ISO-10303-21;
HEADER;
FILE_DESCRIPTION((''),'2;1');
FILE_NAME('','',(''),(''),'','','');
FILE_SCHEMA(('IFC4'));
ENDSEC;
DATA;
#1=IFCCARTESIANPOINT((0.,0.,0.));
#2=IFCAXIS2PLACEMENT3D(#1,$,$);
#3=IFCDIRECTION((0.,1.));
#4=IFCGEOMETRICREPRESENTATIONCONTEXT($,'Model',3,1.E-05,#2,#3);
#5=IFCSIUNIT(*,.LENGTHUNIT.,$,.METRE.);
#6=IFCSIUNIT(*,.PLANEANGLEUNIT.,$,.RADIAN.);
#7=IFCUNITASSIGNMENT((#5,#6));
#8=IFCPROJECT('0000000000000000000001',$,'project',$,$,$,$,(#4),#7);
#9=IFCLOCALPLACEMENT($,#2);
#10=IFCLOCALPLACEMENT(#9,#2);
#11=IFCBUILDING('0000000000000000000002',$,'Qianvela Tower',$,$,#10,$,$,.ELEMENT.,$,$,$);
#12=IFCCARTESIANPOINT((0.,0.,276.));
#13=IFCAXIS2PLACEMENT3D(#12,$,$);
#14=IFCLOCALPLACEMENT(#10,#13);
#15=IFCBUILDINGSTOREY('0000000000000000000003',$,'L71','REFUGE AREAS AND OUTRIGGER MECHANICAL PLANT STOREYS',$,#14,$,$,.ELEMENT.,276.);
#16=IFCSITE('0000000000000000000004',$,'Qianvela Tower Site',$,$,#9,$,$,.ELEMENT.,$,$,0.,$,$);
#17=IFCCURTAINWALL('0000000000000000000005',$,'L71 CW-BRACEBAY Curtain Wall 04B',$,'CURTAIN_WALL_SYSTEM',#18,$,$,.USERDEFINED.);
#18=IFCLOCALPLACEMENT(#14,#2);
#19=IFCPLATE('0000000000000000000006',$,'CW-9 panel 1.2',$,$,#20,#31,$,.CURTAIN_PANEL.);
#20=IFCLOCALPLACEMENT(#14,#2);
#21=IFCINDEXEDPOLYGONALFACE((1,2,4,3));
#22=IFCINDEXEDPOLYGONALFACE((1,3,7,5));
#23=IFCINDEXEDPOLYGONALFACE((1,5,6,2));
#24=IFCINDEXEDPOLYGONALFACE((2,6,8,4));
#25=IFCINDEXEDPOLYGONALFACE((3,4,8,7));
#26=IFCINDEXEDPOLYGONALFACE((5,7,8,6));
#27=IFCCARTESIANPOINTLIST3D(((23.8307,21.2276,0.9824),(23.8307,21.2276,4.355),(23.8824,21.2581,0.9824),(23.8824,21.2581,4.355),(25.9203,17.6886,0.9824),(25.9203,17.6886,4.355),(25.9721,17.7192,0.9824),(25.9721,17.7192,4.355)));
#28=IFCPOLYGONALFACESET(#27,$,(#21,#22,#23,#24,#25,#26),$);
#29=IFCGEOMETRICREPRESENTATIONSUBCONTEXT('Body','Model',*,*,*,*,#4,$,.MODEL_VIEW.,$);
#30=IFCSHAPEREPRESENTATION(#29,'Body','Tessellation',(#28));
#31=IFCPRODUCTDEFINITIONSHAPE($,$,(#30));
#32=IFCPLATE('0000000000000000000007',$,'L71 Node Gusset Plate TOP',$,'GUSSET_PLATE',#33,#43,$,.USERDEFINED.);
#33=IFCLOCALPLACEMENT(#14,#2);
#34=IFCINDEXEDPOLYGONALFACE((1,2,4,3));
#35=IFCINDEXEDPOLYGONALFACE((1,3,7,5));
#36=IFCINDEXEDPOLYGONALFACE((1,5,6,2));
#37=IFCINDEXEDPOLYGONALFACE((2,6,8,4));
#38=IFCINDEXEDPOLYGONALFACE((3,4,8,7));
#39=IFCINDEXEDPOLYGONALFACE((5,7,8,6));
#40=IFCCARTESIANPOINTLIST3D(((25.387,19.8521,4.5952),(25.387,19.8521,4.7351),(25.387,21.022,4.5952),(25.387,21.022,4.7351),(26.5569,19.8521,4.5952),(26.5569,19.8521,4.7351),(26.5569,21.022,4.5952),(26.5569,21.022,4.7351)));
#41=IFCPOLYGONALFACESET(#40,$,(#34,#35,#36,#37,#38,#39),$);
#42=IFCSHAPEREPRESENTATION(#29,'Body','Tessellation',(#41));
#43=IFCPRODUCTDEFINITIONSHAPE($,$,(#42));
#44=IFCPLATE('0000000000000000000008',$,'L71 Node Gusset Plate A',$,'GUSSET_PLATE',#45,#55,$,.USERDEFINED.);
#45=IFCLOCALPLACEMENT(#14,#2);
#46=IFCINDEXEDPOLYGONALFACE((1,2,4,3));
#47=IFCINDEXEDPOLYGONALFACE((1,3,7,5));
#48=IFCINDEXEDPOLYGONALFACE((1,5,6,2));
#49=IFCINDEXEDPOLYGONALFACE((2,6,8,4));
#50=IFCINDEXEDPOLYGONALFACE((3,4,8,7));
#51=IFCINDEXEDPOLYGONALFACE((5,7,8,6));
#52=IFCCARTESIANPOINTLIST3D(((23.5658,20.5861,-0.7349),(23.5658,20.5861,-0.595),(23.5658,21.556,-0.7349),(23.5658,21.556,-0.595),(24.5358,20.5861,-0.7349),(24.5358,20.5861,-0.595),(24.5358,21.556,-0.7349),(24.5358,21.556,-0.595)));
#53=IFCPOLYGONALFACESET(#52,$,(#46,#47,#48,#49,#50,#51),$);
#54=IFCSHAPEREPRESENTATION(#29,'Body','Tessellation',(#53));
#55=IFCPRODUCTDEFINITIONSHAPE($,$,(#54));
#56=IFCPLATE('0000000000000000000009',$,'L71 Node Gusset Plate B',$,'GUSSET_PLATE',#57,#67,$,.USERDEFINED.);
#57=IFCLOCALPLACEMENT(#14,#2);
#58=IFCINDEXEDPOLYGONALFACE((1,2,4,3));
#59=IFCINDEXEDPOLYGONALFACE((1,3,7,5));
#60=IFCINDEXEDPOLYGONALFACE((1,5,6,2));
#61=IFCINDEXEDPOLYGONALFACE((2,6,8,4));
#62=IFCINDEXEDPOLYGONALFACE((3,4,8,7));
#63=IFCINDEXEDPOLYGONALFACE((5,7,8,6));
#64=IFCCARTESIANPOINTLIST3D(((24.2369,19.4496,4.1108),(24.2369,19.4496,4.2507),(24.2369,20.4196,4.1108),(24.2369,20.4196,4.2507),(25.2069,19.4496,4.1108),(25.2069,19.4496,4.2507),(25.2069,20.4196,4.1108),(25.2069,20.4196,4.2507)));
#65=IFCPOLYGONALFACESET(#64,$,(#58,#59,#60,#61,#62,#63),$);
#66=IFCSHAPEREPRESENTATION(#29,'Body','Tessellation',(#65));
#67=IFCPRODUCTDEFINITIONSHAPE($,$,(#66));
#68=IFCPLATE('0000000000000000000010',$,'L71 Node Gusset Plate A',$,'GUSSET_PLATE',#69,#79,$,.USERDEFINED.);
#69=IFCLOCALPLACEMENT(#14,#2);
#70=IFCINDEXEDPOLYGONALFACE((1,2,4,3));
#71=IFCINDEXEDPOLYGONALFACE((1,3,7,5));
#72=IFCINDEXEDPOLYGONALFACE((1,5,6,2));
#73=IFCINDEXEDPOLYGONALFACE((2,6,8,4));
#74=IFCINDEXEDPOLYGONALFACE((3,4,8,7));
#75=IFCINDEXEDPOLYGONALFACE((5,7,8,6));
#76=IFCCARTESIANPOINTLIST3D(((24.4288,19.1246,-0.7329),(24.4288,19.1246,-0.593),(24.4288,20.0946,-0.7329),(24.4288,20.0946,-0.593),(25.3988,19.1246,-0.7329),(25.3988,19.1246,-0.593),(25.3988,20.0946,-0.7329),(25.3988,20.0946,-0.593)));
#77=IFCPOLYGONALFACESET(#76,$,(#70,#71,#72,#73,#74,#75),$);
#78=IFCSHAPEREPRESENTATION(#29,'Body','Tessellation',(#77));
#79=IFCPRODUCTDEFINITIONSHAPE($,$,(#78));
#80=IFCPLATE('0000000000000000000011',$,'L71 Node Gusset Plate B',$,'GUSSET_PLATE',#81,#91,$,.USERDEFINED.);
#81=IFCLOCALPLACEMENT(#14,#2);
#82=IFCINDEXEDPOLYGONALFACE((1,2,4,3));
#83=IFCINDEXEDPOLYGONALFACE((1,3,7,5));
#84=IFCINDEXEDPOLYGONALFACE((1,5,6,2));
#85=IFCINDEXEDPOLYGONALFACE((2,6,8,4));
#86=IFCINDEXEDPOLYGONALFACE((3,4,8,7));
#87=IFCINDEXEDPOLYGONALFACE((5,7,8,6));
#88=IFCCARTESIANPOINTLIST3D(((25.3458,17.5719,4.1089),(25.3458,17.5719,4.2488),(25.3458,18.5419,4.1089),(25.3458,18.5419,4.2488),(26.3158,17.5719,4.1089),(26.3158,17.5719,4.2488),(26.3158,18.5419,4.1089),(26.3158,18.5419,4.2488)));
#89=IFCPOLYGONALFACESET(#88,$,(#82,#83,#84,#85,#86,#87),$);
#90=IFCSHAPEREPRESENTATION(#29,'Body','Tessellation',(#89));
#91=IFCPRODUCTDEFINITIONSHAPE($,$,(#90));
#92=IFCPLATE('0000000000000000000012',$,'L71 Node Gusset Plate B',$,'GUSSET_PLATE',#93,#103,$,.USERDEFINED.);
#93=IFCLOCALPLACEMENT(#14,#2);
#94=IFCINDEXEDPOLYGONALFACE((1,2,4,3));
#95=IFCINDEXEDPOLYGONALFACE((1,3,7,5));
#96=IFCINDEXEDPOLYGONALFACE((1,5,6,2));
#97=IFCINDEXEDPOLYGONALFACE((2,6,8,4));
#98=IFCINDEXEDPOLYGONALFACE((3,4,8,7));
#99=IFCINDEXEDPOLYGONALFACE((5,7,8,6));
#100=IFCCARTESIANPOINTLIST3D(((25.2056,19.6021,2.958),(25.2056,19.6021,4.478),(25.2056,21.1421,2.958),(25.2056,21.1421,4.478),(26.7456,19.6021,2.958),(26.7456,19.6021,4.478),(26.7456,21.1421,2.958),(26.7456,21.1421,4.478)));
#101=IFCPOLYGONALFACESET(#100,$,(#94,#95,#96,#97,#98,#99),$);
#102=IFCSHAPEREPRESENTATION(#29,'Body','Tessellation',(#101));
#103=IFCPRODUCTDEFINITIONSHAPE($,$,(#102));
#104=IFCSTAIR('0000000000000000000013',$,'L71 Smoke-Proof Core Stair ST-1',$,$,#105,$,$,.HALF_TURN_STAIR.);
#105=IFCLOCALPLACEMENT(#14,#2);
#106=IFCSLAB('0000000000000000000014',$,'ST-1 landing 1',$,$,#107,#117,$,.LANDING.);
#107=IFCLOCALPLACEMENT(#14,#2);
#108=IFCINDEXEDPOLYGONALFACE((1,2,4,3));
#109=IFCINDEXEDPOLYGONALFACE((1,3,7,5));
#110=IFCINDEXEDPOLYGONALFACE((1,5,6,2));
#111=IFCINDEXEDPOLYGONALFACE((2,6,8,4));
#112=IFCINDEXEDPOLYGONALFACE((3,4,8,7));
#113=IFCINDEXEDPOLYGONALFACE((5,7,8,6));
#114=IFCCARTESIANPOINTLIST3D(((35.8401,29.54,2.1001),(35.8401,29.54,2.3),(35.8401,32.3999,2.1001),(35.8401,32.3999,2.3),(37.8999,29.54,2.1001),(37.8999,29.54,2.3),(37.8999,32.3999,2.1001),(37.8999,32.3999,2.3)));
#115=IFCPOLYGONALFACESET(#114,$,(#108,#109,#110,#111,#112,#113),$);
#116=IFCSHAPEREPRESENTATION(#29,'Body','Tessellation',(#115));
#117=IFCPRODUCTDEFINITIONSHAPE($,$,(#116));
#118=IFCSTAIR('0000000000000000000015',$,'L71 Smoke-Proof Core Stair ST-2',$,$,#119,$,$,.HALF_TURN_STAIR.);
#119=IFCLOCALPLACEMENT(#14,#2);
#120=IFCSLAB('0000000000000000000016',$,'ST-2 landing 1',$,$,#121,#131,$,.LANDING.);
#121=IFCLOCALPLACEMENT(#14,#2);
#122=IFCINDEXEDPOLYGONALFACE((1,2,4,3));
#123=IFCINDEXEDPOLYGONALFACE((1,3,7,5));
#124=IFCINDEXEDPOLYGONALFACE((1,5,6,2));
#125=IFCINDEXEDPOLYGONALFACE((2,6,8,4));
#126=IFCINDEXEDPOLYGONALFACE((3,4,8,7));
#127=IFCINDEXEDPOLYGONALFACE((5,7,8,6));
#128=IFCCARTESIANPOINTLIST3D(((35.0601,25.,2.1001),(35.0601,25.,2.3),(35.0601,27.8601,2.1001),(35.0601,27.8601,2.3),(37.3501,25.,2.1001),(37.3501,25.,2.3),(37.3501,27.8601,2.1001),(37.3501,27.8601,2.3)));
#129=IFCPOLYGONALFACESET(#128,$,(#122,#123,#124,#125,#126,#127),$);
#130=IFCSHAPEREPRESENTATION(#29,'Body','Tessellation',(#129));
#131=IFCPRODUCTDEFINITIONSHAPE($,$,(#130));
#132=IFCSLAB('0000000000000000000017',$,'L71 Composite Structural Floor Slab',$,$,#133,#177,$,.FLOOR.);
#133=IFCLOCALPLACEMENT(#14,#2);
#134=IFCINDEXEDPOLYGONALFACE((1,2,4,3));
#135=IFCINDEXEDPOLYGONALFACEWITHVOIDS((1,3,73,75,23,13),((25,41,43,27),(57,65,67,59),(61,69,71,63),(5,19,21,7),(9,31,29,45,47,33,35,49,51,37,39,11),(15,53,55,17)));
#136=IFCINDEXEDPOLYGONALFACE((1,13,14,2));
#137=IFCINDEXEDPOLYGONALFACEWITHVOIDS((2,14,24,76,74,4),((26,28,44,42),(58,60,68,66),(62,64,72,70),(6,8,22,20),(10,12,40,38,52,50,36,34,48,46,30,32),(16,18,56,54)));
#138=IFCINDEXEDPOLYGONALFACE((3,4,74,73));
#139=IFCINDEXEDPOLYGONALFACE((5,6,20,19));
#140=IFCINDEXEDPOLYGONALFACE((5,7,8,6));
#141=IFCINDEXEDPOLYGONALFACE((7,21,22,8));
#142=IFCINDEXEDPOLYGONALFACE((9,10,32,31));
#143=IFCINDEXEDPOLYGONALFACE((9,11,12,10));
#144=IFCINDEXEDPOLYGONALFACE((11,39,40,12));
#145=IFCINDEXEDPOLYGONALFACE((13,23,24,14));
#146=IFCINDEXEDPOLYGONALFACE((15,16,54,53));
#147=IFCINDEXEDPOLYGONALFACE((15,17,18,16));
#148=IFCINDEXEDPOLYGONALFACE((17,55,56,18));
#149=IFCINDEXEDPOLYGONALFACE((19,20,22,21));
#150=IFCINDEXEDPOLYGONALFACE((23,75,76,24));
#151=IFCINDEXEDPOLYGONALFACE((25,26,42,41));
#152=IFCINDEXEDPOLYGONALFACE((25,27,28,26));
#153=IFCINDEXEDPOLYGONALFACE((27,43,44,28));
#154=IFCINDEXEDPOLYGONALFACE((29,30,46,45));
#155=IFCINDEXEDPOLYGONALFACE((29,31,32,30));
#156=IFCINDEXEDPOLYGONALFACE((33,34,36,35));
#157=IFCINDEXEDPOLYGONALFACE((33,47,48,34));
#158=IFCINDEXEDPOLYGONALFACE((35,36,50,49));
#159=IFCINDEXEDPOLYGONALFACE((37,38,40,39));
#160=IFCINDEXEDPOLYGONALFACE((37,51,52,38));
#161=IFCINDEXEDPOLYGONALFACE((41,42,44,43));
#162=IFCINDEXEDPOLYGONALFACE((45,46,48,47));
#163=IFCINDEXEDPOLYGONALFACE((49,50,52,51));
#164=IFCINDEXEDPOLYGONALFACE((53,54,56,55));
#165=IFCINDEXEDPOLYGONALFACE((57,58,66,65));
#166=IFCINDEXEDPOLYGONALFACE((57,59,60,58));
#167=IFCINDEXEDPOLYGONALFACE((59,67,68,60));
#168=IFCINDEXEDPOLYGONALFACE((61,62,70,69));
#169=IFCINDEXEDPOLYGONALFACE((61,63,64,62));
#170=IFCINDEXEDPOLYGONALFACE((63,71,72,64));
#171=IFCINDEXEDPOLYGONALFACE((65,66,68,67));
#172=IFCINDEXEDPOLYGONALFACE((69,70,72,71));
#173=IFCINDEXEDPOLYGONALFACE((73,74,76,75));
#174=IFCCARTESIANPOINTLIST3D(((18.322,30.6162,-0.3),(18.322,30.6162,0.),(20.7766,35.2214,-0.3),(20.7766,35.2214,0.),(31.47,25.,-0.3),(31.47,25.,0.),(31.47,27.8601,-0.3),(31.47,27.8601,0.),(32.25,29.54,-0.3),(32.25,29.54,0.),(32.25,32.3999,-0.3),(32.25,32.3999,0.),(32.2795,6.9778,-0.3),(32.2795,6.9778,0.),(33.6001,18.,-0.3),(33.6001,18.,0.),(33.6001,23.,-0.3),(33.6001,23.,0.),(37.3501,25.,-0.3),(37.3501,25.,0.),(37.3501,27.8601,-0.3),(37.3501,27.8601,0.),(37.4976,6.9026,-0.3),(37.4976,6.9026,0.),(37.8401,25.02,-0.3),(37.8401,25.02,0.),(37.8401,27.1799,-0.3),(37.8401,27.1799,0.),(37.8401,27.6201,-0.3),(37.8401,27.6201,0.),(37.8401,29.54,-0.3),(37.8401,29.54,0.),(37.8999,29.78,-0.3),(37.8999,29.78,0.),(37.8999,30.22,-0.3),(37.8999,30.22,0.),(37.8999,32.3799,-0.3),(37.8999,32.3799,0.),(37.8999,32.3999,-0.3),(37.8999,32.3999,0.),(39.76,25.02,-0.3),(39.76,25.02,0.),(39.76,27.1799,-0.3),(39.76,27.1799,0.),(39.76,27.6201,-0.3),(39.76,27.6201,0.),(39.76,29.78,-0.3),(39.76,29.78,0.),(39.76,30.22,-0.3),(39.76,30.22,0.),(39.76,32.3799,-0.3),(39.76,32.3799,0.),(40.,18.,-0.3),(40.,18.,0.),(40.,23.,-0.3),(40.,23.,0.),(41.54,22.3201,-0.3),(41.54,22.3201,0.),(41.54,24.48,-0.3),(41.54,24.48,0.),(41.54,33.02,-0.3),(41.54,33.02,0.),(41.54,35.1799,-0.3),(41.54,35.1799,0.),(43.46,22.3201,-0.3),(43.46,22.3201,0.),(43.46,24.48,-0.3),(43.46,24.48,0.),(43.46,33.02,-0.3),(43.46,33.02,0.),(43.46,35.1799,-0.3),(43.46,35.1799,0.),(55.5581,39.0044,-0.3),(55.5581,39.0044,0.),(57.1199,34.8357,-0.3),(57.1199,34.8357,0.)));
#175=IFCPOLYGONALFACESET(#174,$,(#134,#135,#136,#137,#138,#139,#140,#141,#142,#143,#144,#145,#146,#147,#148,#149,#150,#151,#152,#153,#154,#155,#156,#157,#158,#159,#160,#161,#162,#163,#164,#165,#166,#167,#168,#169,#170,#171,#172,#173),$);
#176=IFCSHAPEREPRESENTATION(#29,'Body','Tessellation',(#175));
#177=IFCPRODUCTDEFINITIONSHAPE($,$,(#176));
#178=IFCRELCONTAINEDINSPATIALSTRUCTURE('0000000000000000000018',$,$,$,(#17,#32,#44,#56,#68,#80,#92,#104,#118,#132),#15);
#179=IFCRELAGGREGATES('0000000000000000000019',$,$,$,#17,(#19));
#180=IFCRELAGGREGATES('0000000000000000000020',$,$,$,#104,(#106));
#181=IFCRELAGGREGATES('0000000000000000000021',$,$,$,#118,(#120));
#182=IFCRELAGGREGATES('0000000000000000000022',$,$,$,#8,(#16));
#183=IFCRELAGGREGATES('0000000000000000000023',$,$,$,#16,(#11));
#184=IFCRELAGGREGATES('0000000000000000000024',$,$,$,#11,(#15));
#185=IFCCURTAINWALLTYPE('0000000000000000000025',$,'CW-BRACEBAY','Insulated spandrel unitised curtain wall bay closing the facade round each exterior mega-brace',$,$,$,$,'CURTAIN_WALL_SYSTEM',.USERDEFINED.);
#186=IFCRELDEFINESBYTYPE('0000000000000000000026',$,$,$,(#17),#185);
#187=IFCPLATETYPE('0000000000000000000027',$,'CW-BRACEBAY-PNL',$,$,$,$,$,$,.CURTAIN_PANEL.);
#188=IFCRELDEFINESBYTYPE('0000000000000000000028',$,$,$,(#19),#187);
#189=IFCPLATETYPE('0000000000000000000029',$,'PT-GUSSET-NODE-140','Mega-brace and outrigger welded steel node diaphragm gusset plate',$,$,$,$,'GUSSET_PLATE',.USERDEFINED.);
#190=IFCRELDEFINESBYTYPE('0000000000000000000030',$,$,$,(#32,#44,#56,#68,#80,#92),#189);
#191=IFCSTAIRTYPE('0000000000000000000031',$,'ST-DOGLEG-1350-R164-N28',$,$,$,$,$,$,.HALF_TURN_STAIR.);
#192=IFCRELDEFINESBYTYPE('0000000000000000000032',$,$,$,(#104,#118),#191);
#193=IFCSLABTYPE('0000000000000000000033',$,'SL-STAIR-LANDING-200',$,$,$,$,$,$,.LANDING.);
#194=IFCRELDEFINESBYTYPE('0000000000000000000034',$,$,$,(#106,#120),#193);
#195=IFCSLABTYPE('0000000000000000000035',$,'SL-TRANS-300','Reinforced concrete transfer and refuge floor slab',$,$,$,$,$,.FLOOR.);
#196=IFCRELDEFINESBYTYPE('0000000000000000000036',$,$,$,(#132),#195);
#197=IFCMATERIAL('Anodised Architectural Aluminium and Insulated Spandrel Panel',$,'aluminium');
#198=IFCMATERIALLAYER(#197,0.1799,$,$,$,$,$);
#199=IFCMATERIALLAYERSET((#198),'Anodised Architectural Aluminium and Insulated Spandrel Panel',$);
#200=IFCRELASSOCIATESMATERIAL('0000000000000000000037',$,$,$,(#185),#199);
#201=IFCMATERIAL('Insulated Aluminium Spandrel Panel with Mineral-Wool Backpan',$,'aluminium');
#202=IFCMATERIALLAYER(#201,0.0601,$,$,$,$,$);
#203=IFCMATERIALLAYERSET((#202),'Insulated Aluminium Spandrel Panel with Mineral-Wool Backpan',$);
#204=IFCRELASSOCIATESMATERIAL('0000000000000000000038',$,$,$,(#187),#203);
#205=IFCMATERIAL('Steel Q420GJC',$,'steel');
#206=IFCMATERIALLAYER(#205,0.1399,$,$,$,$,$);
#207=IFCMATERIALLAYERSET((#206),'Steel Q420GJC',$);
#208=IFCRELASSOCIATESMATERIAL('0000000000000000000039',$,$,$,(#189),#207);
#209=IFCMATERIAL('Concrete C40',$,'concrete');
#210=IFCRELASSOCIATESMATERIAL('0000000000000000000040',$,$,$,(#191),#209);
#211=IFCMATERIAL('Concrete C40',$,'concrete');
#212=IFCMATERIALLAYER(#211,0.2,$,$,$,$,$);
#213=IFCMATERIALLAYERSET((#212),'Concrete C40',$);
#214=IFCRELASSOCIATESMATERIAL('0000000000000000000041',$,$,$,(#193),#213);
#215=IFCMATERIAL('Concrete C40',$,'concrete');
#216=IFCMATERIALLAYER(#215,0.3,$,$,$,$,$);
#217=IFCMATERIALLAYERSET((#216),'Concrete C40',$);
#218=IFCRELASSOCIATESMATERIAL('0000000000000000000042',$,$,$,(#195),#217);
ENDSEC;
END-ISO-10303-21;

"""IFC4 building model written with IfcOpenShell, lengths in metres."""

from ifc_helpers import new_model, si_unit, direction, frame, origin, origin_2d, place, context, subcontext, project, spatial, polyline, rectangle, outline, extrude, material, layer, layer_set, type_object, element, aggregate, save


model = new_model("IFC4")

# Units and contexts
model_context = context("Model", 3, precision=1e-05, world=origin(), true_north=direction((0.0, 1.0)))
body_context = subcontext(model_context, "Body", "Model", "MODEL_VIEW")
ifc_project = project(units=[si_unit("LENGTHUNIT", "METRE"), si_unit("PLANEANGLEUNIT", "RADIAN")], contexts=[model_context])

# Site, building, storey
site_placement = place(None, origin())
site = spatial("IfcSite", under=ifc_project, at=site_placement, Name="Qianvela Tower Site", CompositionType="ELEMENT", RefElevation=0.0)
building_placement = place(site_placement, origin())
building = spatial("IfcBuilding", under=site, at=building_placement, Name="Qianvela Tower", CompositionType="ELEMENT")
storey_placement = place(building_placement, frame((0.0, 0.0, 276.0)))
storey = spatial("IfcBuildingStorey", under=building, at=storey_placement, Name="L71", Description="REFUGE AREAS AND OUTRIGGER MECHANICAL PLANT STOREYS", CompositionType="ELEMENT", Elevation=276.0)

# Curtain wall
ifc_material_1 = material(Name="Anodised Architectural Aluminium and Insulated Spandrel Panel", Category="aluminium")
ifc_layer_1 = layer(ifc_material_1, 0.1799)
ifc_layer_set_1 = layer_set([ifc_layer_1], Name="Anodised Architectural Aluminium and Insulated Spandrel Panel")
curtain_wall_type_1 = type_object("IfcCurtainWallType", Name="CW-BRACEBAY", Description="Insulated spandrel unitised curtain wall bay closing the facade round each exterior mega-brace", ElementType="CURTAIN_WALL_SYSTEM", PredefinedType="USERDEFINED", material=ifc_layer_set_1)
curtain_wall_1_placement = place(storey_placement, origin())
curtain_wall_1 = element("IfcCurtainWall", 1, at=curtain_wall_1_placement, inside=storey, type_object=curtain_wall_type_1, Name="L71 CW-BRACEBAY Curtain Wall 04B", ObjectType="CURTAIN_WALL_SYSTEM", PredefinedType="USERDEFINED")

# Plate
ifc_material_2 = material(Name="Insulated Aluminium Spandrel Panel with Mineral-Wool Backpan", Category="aluminium")
ifc_layer_2 = layer(ifc_material_2, 0.0601)
ifc_layer_set_2 = layer_set([ifc_layer_2], Name="Insulated Aluminium Spandrel Panel with Mineral-Wool Backpan")
plate_type_1 = type_object("IfcPlateType", Name="CW-BRACEBAY-PNL", PredefinedType="CURTAIN_PANEL", material=ifc_layer_set_2)
plate_1_placement = place(storey_placement, frame((24.9014, 19.4734, 0.9824), z_axis=(0.0, 0.0, 1.0), x_axis=(0.508448, -0.861093, 0.0)))
plate_1 = element("IfcPlate", 2, at=plate_1_placement, type_object=plate_type_1, Name="CW-9 panel 1.2", PredefinedType="CURTAIN_PANEL", context=body_context, shape_type="SweptSolid", body=[
    extrude(rectangle(XDim=4.1099, YDim=0.0601, at=origin_2d()), origin(), (0.0, 0.0, 1.0), 3.3726),
])
aggregate(curtain_wall_1, [plate_1])

# Plates
ifc_material_3 = material(Name="Steel Q420GJC", Category="steel")
ifc_layer_3 = layer(ifc_material_3, 0.1399)
ifc_layer_set_3 = layer_set([ifc_layer_3], Name="Steel Q420GJC")
plate_type_2 = type_object("IfcPlateType", Name="PT-GUSSET-NODE-140", Description="Mega-brace and outrigger welded steel node diaphragm gusset plate", ElementType="GUSSET_PLATE", PredefinedType="USERDEFINED", material=ifc_layer_set_3)
plate_2_placement = place(storey_placement, frame((25.9719, 20.437, 4.5952), z_axis=(0.0, 0.0, 1.0), x_axis=(1.0, 0.0, 0.0)))
element("IfcPlate", 3, at=plate_2_placement, inside=storey, type_object=plate_type_2, Name="L71 Node Gusset Plate TOP", ObjectType="GUSSET_PLATE", PredefinedType="USERDEFINED", context=body_context, shape_type="SweptSolid", body=[
    extrude(rectangle(XDim=1.1699, YDim=1.1699, at=origin_2d()), origin(), (0.0, 0.0, 1.0), 0.1399),
])
for number, where, z_axis, x_axis, name in (
    (4, (24.0508, 21.071, -0.7349), (0.0, 0.0, 1.0), (1.0, 0.0, 0.0), "L71 Node Gusset Plate A"),
    (5, (24.7219, 19.9346, 4.1108), (0.0, 0.0, 1.0), (1.0, 0.0, 0.0), "L71 Node Gusset Plate B"),
    (6, (24.9138, 19.6096, -0.7329), (0.0, 0.0, 1.0), (1.0, 0.0, 0.0), "L71 Node Gusset Plate A"),
    (7, (25.8308, 18.0569, 4.1089), (0.0, 0.0, 1.0), (1.0, 0.0, 0.0), "L71 Node Gusset Plate B"),
):
    element("IfcPlate", number, at=place(storey_placement, frame(where, z_axis=z_axis, x_axis=x_axis)), inside=storey, type_object=plate_type_2, Name=name, ObjectType="GUSSET_PLATE", PredefinedType="USERDEFINED", context=body_context, shape_type="SweptSolid", body=[
        extrude(rectangle(XDim=0.97, YDim=0.97, at=origin_2d()), origin(), (0.0, 0.0, 1.0), 0.1399),
    ])
plate_3_placement = place(storey_placement, frame((25.9756, 20.3721, 2.958), z_axis=(0.0, 0.0, 1.0), x_axis=(1.0, 0.0, 0.0)))
element("IfcPlate", 8, at=plate_3_placement, inside=storey, type_object=plate_type_2, Name="L71 Node Gusset Plate B", ObjectType="GUSSET_PLATE", PredefinedType="USERDEFINED", context=body_context, shape_type="SweptSolid", body=[
    extrude(rectangle(XDim=1.54, YDim=1.54, at=origin_2d()), origin(), (0.0, 0.0, 1.0), 1.52),
])

# Stairs, slabs
ifc_material_4 = material(Name="Concrete C40", Category="concrete")
stair_type = type_object("IfcStairType", Name="ST-DOGLEG-1350-R164-N28", PredefinedType="HALF_TURN_STAIR", material=ifc_material_4)
stair_1_placement = place(storey_placement, origin())
stair_1 = element("IfcStair", 9, at=stair_1_placement, inside=storey, type_object=stair_type, Name="L71 Smoke-Proof Core Stair ST-1", PredefinedType="HALF_TURN_STAIR")
ifc_material_5 = material(Name="Concrete C40", Category="concrete")
ifc_layer_4 = layer(ifc_material_5, 0.2)
ifc_layer_set_4 = layer_set([ifc_layer_4], Name="Concrete C40")
slab_type_1 = type_object("IfcSlabType", Name="SL-STAIR-LANDING-200", PredefinedType="LANDING", material=ifc_layer_set_4)
slab_1_placement = place(storey_placement, frame((0.0, 0.0, 2.1001)))
slab_1 = element("IfcSlab", 10, at=slab_1_placement, type_object=slab_type_1, Name="ST-1 landing 1", PredefinedType="LANDING", context=body_context, shape_type="SweptSolid", body=[
    extrude(outline(polyline([(35.8401, 29.54), (37.8999, 29.54), (37.8999, 32.3999), (35.8401, 32.3999), (35.8401, 29.54)])), origin(), (0.0, 0.0, 1.0), 0.2),
])
aggregate(stair_1, [slab_1])
stair_2_placement = place(storey_placement, origin())
stair_2 = element("IfcStair", 11, at=stair_2_placement, inside=storey, type_object=stair_type, Name="L71 Smoke-Proof Core Stair ST-2", PredefinedType="HALF_TURN_STAIR")
slab_2_placement = place(storey_placement, frame((0.0, 0.0, 2.1001)))
slab_2 = element("IfcSlab", 12, at=slab_2_placement, type_object=slab_type_1, Name="ST-2 landing 1", PredefinedType="LANDING", context=body_context, shape_type="SweptSolid", body=[
    extrude(outline(polyline([(35.0601, 25.0), (37.3501, 25.0), (37.3501, 27.8601), (35.0601, 27.8601), (35.0601, 25.0)])), origin(), (0.0, 0.0, 1.0), 0.2),
])
aggregate(stair_2, [slab_2])

# Slab
ifc_material_6 = material(Name="Concrete C40", Category="concrete")
ifc_layer_5 = layer(ifc_material_6, 0.3)
ifc_layer_set_5 = layer_set([ifc_layer_5], Name="Concrete C40")
slab_type_2 = type_object("IfcSlabType", Name="SL-TRANS-300", Description="Reinforced concrete transfer and refuge floor slab", PredefinedType="FLOOR", material=ifc_layer_set_5)
slab_3_placement = place(storey_placement, frame((0.0, 0.0, -0.3)))
element("IfcSlab", 13, at=slab_3_placement, inside=storey, type_object=slab_type_2, Name="L71 Composite Structural Floor Slab", PredefinedType="FLOOR", context=body_context, shape_type="SweptSolid", body=[
    extrude(outline(polyline([(57.1199, 34.8357), (55.5581, 39.0044), (20.7766, 35.2214), (18.322, 30.6162), (32.2795, 6.9778), (37.4976, 6.9026), (57.1199, 34.8357)]), holes=[polyline([(40.0, 23.0), (33.6001, 23.0), (33.6001, 18.0), (40.0, 18.0), (40.0, 23.0)]), polyline([(43.46, 24.48), (41.54, 24.48), (41.54, 22.3201), (43.46, 22.3201), (43.46, 24.48)]), polyline([(39.76, 27.1799), (37.8401, 27.1799), (37.8401, 25.02), (39.76, 25.02), (39.76, 27.1799)]), polyline([(37.3501, 27.8601), (31.47, 27.8601), (31.47, 25.0), (37.3501, 25.0), (37.3501, 27.8601)]), polyline([(39.76, 27.6201), (39.76, 29.78), (37.8999, 29.78), (37.8999, 30.22), (39.76, 30.22), (39.76, 32.3799), (37.8999, 32.3799), (37.8999, 32.3999), (32.25, 32.3999), (32.25, 29.54), (37.8401, 29.54), (37.8401, 27.6201), (39.76, 27.6201)]), polyline([(43.46, 35.1799), (41.54, 35.1799), (41.54, 33.02), (43.46, 33.02), (43.46, 35.1799)])]), origin(), (0.0, 0.0, 1.0), 0.3),
])

save(model, "model.ifc")
